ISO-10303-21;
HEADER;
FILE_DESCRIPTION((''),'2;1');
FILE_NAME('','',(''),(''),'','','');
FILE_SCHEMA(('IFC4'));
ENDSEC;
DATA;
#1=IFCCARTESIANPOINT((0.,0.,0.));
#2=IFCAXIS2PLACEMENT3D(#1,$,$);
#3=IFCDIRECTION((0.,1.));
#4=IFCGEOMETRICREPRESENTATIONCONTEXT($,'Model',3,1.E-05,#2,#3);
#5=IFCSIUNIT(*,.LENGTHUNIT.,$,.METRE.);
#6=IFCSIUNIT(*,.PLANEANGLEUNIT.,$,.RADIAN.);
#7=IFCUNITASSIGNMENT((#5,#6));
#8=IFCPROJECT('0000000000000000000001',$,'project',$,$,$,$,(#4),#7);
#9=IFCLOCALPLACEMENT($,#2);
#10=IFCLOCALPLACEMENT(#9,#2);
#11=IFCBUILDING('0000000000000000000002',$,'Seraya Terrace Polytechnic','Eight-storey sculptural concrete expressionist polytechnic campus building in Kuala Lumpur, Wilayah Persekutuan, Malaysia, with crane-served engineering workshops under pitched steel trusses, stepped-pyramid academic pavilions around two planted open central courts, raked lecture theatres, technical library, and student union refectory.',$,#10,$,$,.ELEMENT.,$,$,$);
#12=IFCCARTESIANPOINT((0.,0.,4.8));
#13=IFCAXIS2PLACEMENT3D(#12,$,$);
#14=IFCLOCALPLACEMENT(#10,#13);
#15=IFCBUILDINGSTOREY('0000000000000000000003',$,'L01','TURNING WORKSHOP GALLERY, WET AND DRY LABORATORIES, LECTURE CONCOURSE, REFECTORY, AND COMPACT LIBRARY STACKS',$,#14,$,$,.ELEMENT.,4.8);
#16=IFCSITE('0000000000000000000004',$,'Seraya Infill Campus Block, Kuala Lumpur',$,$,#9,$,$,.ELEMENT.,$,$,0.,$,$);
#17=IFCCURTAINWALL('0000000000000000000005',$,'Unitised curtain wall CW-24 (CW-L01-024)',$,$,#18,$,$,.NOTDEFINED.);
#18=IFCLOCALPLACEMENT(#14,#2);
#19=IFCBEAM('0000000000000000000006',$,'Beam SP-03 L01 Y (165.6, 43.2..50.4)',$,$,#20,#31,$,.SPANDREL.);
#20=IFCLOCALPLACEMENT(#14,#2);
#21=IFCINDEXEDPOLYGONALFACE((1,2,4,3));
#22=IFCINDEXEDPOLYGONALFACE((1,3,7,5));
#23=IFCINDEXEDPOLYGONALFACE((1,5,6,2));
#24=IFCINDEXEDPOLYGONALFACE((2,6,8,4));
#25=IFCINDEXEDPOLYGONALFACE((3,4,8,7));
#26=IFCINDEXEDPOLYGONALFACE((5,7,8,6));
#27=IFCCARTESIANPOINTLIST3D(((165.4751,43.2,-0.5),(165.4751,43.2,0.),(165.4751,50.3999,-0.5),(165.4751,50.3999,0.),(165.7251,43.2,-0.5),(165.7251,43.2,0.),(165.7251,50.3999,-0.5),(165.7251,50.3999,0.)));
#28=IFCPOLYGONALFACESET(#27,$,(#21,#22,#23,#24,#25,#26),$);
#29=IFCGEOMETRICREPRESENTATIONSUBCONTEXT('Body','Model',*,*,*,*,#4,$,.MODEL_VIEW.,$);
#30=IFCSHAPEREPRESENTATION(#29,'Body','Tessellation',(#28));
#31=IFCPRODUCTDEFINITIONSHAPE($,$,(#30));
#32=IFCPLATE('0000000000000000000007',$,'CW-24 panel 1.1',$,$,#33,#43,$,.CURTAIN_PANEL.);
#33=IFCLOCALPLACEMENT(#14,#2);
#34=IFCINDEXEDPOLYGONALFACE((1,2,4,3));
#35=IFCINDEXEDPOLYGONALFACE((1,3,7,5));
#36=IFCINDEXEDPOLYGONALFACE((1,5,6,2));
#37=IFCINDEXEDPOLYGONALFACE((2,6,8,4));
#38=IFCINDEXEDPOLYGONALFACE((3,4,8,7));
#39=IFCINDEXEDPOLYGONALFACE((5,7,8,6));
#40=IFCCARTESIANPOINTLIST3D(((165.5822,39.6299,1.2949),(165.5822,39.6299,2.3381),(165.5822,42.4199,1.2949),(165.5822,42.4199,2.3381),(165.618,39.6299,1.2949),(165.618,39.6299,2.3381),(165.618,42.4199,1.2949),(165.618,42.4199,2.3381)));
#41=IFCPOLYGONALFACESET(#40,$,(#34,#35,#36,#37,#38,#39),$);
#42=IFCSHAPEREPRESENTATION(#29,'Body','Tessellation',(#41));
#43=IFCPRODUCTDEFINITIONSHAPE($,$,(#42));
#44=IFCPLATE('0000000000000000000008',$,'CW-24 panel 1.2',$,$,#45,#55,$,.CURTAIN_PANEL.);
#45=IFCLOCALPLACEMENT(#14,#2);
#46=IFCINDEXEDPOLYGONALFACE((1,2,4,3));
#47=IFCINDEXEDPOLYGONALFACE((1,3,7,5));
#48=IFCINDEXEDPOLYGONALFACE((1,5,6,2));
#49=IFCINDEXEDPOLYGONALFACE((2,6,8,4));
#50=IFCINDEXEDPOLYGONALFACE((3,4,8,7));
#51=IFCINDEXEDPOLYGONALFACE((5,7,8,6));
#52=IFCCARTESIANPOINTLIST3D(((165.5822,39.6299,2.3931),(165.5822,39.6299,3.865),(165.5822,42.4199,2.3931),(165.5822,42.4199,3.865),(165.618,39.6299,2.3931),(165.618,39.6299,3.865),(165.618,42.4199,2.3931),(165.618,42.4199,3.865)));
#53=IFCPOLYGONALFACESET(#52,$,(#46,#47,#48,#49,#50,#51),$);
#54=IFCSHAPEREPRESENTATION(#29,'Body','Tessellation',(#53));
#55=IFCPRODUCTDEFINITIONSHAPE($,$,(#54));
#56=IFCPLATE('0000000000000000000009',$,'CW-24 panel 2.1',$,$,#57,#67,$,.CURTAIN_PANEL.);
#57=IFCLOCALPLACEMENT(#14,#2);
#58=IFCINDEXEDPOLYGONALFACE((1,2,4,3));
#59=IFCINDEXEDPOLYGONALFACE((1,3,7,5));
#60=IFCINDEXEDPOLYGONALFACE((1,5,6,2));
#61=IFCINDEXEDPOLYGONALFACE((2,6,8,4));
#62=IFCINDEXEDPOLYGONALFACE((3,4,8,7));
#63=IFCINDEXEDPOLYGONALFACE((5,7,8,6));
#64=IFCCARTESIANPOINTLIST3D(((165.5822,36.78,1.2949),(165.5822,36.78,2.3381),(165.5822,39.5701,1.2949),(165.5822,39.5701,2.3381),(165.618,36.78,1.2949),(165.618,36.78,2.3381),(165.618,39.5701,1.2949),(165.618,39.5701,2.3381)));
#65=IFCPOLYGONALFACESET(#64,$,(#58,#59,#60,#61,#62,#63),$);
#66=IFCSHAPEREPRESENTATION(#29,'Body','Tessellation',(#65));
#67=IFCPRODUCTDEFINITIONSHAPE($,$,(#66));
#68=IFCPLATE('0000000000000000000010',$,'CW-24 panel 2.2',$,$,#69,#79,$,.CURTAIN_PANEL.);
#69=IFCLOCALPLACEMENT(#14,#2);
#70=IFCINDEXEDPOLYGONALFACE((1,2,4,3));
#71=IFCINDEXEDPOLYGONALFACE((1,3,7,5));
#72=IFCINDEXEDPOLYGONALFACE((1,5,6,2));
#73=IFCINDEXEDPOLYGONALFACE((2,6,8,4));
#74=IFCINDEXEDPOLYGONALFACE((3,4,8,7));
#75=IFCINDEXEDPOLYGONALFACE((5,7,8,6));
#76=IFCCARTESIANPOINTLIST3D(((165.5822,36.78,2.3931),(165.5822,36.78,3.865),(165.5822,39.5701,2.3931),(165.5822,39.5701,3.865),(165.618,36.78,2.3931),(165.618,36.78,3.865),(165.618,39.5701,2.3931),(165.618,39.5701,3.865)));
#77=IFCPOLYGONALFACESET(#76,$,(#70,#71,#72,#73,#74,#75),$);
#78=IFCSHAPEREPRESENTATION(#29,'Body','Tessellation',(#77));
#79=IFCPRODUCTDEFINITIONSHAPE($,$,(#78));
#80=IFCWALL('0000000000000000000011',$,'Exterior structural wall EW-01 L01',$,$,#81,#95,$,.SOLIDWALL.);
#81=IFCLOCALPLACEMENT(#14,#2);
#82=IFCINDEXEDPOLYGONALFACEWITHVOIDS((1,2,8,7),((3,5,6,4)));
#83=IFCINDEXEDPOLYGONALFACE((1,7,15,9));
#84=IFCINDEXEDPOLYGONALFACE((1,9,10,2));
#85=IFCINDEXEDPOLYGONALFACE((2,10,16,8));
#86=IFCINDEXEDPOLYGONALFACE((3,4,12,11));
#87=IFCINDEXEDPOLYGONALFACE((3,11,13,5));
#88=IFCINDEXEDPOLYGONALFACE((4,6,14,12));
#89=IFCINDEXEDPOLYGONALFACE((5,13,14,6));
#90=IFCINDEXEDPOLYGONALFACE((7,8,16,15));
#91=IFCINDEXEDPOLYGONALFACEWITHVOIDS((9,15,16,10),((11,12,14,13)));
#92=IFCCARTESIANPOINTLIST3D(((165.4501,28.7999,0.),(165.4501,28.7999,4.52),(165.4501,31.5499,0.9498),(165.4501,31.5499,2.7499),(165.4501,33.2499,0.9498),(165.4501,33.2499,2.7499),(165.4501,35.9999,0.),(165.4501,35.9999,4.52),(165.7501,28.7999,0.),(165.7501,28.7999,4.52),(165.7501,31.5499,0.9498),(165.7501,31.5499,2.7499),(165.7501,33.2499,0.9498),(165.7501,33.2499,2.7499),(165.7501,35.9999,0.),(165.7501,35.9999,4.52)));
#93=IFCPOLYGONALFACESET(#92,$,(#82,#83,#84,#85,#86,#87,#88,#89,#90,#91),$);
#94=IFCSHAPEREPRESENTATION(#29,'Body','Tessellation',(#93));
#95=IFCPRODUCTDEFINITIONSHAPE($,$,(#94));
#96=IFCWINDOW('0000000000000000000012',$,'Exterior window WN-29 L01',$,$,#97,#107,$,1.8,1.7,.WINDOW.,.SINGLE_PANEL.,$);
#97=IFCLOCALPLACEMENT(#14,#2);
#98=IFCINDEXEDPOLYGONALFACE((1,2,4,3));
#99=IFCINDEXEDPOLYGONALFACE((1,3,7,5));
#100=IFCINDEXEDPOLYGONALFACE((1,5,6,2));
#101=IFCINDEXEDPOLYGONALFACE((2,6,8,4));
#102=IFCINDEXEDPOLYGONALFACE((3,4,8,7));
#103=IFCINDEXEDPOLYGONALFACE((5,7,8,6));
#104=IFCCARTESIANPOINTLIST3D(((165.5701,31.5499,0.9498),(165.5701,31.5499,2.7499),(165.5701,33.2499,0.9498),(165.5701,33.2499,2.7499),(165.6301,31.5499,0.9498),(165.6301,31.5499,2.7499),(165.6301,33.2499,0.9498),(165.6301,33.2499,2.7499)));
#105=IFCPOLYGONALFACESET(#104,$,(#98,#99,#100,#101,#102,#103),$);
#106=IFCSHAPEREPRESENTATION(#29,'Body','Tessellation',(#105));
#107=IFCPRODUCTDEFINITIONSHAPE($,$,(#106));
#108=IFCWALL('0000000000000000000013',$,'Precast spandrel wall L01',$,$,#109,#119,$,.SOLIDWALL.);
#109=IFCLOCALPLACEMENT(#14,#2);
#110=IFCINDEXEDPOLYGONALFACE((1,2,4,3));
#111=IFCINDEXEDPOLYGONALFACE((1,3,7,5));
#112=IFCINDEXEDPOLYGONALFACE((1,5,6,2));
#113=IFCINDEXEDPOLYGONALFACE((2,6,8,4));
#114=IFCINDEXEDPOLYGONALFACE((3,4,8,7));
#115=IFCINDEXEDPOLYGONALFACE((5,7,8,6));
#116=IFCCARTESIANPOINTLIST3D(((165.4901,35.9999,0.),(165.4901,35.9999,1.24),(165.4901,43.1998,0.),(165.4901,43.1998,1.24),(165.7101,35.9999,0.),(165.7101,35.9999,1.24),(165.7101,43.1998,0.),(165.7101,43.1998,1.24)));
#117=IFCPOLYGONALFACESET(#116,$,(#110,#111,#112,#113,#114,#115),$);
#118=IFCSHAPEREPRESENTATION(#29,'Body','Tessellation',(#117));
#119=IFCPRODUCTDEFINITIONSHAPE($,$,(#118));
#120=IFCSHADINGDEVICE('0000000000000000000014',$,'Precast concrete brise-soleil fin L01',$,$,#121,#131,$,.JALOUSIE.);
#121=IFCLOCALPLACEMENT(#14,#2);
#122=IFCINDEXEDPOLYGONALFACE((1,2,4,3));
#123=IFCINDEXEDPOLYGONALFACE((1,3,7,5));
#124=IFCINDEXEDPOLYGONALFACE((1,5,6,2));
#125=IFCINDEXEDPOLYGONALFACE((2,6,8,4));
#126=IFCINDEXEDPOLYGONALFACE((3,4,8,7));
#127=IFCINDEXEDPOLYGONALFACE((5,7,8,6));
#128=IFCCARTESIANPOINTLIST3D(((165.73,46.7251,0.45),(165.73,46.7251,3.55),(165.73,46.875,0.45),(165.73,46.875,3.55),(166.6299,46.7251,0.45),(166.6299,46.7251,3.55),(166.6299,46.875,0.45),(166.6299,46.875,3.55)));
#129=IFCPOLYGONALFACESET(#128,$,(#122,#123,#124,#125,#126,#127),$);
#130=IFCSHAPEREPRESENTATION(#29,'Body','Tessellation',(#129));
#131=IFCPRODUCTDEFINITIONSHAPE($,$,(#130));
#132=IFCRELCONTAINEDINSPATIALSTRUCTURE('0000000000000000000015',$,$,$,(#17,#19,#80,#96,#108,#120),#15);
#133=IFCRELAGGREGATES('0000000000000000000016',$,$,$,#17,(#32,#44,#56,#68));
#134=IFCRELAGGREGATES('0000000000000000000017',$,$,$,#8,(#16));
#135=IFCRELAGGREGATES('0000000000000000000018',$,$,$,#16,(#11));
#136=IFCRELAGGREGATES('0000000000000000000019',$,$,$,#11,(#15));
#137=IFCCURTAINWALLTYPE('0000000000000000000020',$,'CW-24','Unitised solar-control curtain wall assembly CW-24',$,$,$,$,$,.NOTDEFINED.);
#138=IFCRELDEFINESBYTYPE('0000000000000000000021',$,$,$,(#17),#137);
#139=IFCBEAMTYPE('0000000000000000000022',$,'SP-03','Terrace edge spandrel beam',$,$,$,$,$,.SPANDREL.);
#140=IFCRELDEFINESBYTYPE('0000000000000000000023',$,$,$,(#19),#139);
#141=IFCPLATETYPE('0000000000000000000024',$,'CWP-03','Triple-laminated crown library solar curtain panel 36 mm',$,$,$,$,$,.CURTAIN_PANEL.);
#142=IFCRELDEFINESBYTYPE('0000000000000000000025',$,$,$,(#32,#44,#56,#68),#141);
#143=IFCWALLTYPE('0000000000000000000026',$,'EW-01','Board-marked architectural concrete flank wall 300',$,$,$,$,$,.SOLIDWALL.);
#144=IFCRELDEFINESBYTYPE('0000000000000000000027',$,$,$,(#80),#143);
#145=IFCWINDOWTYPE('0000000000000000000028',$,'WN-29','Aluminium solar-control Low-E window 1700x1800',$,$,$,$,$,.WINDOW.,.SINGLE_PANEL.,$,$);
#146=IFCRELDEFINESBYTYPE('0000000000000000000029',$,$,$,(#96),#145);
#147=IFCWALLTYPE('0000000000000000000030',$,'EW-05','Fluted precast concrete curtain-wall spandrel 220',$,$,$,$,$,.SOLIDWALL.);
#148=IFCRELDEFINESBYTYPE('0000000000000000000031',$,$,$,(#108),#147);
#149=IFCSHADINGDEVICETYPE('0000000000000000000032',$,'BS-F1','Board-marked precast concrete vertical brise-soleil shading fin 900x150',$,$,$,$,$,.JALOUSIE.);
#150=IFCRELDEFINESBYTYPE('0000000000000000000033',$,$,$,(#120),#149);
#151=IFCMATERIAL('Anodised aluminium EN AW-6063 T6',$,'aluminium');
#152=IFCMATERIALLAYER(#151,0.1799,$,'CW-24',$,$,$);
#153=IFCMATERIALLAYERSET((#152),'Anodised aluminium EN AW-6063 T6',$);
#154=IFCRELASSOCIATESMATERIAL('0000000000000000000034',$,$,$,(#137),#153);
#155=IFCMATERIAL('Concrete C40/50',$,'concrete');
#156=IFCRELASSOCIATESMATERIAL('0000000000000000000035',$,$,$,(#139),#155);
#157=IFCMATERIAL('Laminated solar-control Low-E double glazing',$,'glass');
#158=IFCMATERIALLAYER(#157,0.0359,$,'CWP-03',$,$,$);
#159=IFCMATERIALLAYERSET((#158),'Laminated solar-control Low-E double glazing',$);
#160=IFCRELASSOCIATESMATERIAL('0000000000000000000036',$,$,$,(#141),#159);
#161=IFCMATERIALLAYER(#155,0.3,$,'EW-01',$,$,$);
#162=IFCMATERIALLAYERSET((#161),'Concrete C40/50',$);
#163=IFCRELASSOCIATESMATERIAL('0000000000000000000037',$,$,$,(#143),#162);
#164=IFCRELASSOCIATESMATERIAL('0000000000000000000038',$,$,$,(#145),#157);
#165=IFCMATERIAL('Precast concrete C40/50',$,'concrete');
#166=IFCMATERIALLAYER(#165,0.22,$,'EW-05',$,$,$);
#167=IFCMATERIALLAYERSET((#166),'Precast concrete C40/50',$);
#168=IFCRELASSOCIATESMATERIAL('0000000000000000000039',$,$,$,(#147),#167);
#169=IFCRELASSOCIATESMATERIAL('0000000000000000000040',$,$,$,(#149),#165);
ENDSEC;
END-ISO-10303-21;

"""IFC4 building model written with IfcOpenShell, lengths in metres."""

from ifc_helpers import new_model, si_unit, direction, frame, frame_2d, origin, origin_2d, place, context, subcontext, project, spatial, rectangle, extrude, material, layer, layer_set, material_profile, profile_set, type_object, element, fill, aggregate, save


model = new_model("IFC4")

# Units and contexts
model_context = context("Model", 3, precision=1e-05, world=origin(), true_north=direction((0.0, 1.0)))
body_context = subcontext(model_context, "Body", "Model", "MODEL_VIEW")
ifc_project = project(units=[si_unit("LENGTHUNIT", "METRE"), si_unit("PLANEANGLEUNIT", "RADIAN")], contexts=[model_context])

# Site, building, storey
site_placement = place(None, origin())
site = spatial("IfcSite", under=ifc_project, at=site_placement, Name="Seraya Infill Campus Block, Kuala Lumpur", CompositionType="ELEMENT", RefElevation=0.0)
building_placement = place(site_placement, origin())
building = spatial("IfcBuilding", under=site, at=building_placement, Name="Seraya Terrace Polytechnic", Description="Eight-storey sculptural concrete expressionist polytechnic campus building in Kuala Lumpur, Wilayah Persekutuan, Malaysia, with crane-served engineering workshops under pitched steel trusses, stepped-pyramid academic pavilions around two planted open central courts, raked lecture theatres, technical library, and student union refectory.", CompositionType="ELEMENT")
storey_placement = place(building_placement, frame((0.0, 0.0, 4.8)))
storey = spatial("IfcBuildingStorey", under=building, at=storey_placement, Name="L01", Description="TURNING WORKSHOP GALLERY, WET AND DRY LABORATORIES, LECTURE CONCOURSE, REFECTORY, AND COMPACT LIBRARY STACKS", CompositionType="ELEMENT", Elevation=4.8)

# Shared definitions
ifc_material_1 = material(Name="Concrete C40/50", Category="concrete")

# Curtain wall
ifc_material_2 = material(Name="Anodised aluminium EN AW-6063 T6", Category="aluminium")
ifc_layer_1 = layer(ifc_material_2, 0.1799, Name="CW-24")
ifc_layer_set_1 = layer_set([ifc_layer_1], Name="Anodised aluminium EN AW-6063 T6")
curtain_wall_type = type_object("IfcCurtainWallType", Name="CW-24", Description="Unitised solar-control curtain wall assembly CW-24", PredefinedType="NOTDEFINED", material=ifc_layer_set_1)
curtain_wall_placement = place(storey_placement, origin())
curtain_wall = element("IfcCurtainWall", 1, at=curtain_wall_placement, inside=storey, type_object=curtain_wall_type, Name="Unitised curtain wall CW-24 (CW-L01-024)", PredefinedType="NOTDEFINED")

# Beam
ifc_material_profile_1 = material_profile(ifc_material_1, rectangle(XDim=0.25, YDim=0.5, at=origin_2d()), Name="RC 250x500")
ifc_profile_set_1 = profile_set([ifc_material_profile_1], Name="Concrete C40/50")
beam_type = type_object("IfcBeamType", Name="SP-03", Description="Terrace edge spandrel beam", PredefinedType="SPANDREL", material=ifc_profile_set_1)
for number, where, z_axis, x_axis, name in (
    (2, (165.6001, 43.2, -0.25), (0.0, 1.0, 0.0), (-1.0, 0.0, 0.0), "Beam SP-03 L01 Y (165.6, 43.2..50.4)"),
):
    element("IfcBeam", number, at=place(storey_placement, frame(where, z_axis=z_axis, x_axis=x_axis)), inside=storey, type_object=beam_type, Name=name, PredefinedType="SPANDREL", context=body_context, shape_type="SweptSolid", body=[
        extrude(rectangle(XDim=0.25, YDim=0.5, at=origin_2d()), origin(), (0.0, 0.0, 1.0), 7.2),
    ])

# Plates
ifc_material_3 = material(Name="Laminated solar-control Low-E double glazing", Category="glass")
ifc_layer_2 = layer(ifc_material_3, 0.0359, Name="CWP-03")
ifc_layer_set_2 = layer_set([ifc_layer_2], Name="Laminated solar-control Low-E double glazing")
plate_type = type_object("IfcPlateType", Name="CWP-03", Description="Triple-laminated crown library solar curtain panel 36 mm", PredefinedType="CURTAIN_PANEL", material=ifc_layer_set_2)
plate_1_placement = place(storey_placement, frame((165.6001, 41.0249, 1.2949), z_axis=(0.0, 0.0, 1.0), x_axis=(0.0, -1.0, 0.0)))
plate_1 = element("IfcPlate", 3, at=plate_1_placement, type_object=plate_type, Name="CW-24 panel 1.1", PredefinedType="CURTAIN_PANEL", context=body_context, shape_type="SweptSolid", body=[
    extrude(rectangle(XDim=2.79, YDim=0.0359, at=origin_2d()), origin(), (0.0, 0.0, 1.0), 1.0432),
])
plate_2_placement = place(storey_placement, frame((165.6001, 41.0249, 2.3931), z_axis=(0.0, 0.0, 1.0), x_axis=(0.0, -1.0, 0.0)))
plate_2 = element("IfcPlate", 4, at=plate_2_placement, type_object=plate_type, Name="CW-24 panel 1.2", PredefinedType="CURTAIN_PANEL", context=body_context, shape_type="SweptSolid", body=[
    extrude(rectangle(XDim=2.79, YDim=0.0359, at=origin_2d()), origin(), (0.0, 0.0, 1.0), 1.4719),
])
plate_3_placement = place(storey_placement, frame((165.6001, 38.175, 1.2949), z_axis=(0.0, 0.0, 1.0), x_axis=(0.0, -1.0, 0.0)))
plate_3 = element("IfcPlate", 5, at=plate_3_placement, type_object=plate_type, Name="CW-24 panel 2.1", PredefinedType="CURTAIN_PANEL", context=body_context, shape_type="SweptSolid", body=[
    extrude(rectangle(XDim=2.79, YDim=0.0359, at=origin_2d()), origin(), (0.0, 0.0, 1.0), 1.0432),
])
plate_4_placement = place(storey_placement, frame((165.6001, 38.175, 2.3931), z_axis=(0.0, 0.0, 1.0), x_axis=(0.0, -1.0, 0.0)))
plate_4 = element("IfcPlate", 6, at=plate_4_placement, type_object=plate_type, Name="CW-24 panel 2.2", PredefinedType="CURTAIN_PANEL", context=body_context, shape_type="SweptSolid", body=[
    extrude(rectangle(XDim=2.79, YDim=0.0359, at=origin_2d()), origin(), (0.0, 0.0, 1.0), 1.4719),
])
aggregate(curtain_wall, [plate_1, plate_2, plate_3, plate_4])

# Wall, opening, window
ifc_layer_3 = layer(ifc_material_1, 0.3, Name="EW-01")
ifc_layer_set_3 = layer_set([ifc_layer_3], Name="Concrete C40/50")
wall_type_1 = type_object("IfcWallType", Name="EW-01", Description="Board-marked architectural concrete flank wall 300", PredefinedType="SOLIDWALL", material=ifc_layer_set_3)
wall_1_placement = place(storey_placement, frame((165.6001, 36.0, 0.0), z_axis=(0.0, 0.0, 1.0), x_axis=(0.0, -1.0, 0.0)))
wall_1 = element("IfcWall", 7, at=wall_1_placement, inside=storey, type_object=wall_type_1, Name="Exterior structural wall EW-01 L01", PredefinedType="SOLIDWALL", context=body_context, shape_type="SweptSolid", body=[
    extrude(rectangle(XDim=7.2, YDim=0.3, at=frame_2d((3.6001, 0.0))), origin(), (0.0, 0.0, 1.0), 4.52),
])
opening_placement = place(wall_1_placement, frame((2.75, 0.0, 0.95)))
opening = element("IfcOpeningElement", 8, at=opening_placement, cuts=wall_1, PredefinedType="OPENING", context=body_context, shape_type="SweptSolid", body=[
    extrude(rectangle(XDim=1.7, YDim=1.8, at=frame_2d((0.8501, 0.8999))), frame((0.0, 0.1621, 0.0), z_axis=(0.0, -1.0, 0.0), x_axis=(1.0, 0.0, 0.0)), (0.0, 0.0, 1.0), 0.324),
])
window_type = type_object("IfcWindowType", Name="WN-29", Description="Aluminium solar-control Low-E window 1700x1800", PartitioningType="SINGLE_PANEL", PredefinedType="WINDOW", material=ifc_material_3)
window_placement = place(opening_placement, origin())
window = element("IfcWindow", 9, at=window_placement, inside=storey, type_object=window_type, Name="Exterior window WN-29 L01", OverallHeight=1.8, OverallWidth=1.7, PartitioningType="SINGLE_PANEL", PredefinedType="WINDOW", context=body_context, shape_type="SweptSolid", body=[
    extrude(rectangle(XDim=1.7, YDim=1.8, at=frame_2d((0.8501, 0.8999))), frame((0.0, 0.03, 0.0), z_axis=(0.0, -1.0, 0.0), x_axis=(1.0, 0.0, 0.0)), (0.0, 0.0, 1.0), 0.0601),
])
fill(opening, window)

# Wall
ifc_material_4 = material(Name="Precast concrete C40/50", Category="concrete")
ifc_layer_4 = layer(ifc_material_4, 0.22, Name="EW-05")
ifc_layer_set_4 = layer_set([ifc_layer_4], Name="Precast concrete C40/50")
wall_type_2 = type_object("IfcWallType", Name="EW-05", Description="Fluted precast concrete curtain-wall spandrel 220", PredefinedType="SOLIDWALL", material=ifc_layer_set_4)
wall_2_placement = place(storey_placement, frame((165.6001, 43.2, 0.0), z_axis=(0.0, 0.0, 1.0), x_axis=(0.0, -1.0, 0.0)))
element("IfcWall", 10, at=wall_2_placement, inside=storey, type_object=wall_type_2, Name="Precast spandrel wall L01", PredefinedType="SOLIDWALL", context=body_context, shape_type="SweptSolid", body=[
    extrude(rectangle(XDim=7.2, YDim=0.22, at=frame_2d((3.6001, 0.0))), origin(), (0.0, 0.0, 1.0), 1.24),
])

# Shading device
shading_device_type = type_object("IfcShadingDeviceType", Name="BS-F1", Description="Board-marked precast concrete vertical brise-soleil shading fin 900x150", PredefinedType="JALOUSIE", material=ifc_material_4)
shading_device_placement = place(storey_placement, frame((166.1799, 46.8, 0.45), z_axis=(0.0, 0.0, 1.0), x_axis=(1.0, 0.0, 0.0)))
element("IfcShadingDevice", 11, at=shading_device_placement, inside=storey, type_object=shading_device_type, Name="Precast concrete brise-soleil fin L01", PredefinedType="JALOUSIE", context=body_context, shape_type="SweptSolid", body=[
    extrude(rectangle(XDim=0.8999, YDim=0.1499, at=origin_2d()), origin(), (0.0, 0.0, 1.0), 3.1001),
])

save(model, "model.ifc")
